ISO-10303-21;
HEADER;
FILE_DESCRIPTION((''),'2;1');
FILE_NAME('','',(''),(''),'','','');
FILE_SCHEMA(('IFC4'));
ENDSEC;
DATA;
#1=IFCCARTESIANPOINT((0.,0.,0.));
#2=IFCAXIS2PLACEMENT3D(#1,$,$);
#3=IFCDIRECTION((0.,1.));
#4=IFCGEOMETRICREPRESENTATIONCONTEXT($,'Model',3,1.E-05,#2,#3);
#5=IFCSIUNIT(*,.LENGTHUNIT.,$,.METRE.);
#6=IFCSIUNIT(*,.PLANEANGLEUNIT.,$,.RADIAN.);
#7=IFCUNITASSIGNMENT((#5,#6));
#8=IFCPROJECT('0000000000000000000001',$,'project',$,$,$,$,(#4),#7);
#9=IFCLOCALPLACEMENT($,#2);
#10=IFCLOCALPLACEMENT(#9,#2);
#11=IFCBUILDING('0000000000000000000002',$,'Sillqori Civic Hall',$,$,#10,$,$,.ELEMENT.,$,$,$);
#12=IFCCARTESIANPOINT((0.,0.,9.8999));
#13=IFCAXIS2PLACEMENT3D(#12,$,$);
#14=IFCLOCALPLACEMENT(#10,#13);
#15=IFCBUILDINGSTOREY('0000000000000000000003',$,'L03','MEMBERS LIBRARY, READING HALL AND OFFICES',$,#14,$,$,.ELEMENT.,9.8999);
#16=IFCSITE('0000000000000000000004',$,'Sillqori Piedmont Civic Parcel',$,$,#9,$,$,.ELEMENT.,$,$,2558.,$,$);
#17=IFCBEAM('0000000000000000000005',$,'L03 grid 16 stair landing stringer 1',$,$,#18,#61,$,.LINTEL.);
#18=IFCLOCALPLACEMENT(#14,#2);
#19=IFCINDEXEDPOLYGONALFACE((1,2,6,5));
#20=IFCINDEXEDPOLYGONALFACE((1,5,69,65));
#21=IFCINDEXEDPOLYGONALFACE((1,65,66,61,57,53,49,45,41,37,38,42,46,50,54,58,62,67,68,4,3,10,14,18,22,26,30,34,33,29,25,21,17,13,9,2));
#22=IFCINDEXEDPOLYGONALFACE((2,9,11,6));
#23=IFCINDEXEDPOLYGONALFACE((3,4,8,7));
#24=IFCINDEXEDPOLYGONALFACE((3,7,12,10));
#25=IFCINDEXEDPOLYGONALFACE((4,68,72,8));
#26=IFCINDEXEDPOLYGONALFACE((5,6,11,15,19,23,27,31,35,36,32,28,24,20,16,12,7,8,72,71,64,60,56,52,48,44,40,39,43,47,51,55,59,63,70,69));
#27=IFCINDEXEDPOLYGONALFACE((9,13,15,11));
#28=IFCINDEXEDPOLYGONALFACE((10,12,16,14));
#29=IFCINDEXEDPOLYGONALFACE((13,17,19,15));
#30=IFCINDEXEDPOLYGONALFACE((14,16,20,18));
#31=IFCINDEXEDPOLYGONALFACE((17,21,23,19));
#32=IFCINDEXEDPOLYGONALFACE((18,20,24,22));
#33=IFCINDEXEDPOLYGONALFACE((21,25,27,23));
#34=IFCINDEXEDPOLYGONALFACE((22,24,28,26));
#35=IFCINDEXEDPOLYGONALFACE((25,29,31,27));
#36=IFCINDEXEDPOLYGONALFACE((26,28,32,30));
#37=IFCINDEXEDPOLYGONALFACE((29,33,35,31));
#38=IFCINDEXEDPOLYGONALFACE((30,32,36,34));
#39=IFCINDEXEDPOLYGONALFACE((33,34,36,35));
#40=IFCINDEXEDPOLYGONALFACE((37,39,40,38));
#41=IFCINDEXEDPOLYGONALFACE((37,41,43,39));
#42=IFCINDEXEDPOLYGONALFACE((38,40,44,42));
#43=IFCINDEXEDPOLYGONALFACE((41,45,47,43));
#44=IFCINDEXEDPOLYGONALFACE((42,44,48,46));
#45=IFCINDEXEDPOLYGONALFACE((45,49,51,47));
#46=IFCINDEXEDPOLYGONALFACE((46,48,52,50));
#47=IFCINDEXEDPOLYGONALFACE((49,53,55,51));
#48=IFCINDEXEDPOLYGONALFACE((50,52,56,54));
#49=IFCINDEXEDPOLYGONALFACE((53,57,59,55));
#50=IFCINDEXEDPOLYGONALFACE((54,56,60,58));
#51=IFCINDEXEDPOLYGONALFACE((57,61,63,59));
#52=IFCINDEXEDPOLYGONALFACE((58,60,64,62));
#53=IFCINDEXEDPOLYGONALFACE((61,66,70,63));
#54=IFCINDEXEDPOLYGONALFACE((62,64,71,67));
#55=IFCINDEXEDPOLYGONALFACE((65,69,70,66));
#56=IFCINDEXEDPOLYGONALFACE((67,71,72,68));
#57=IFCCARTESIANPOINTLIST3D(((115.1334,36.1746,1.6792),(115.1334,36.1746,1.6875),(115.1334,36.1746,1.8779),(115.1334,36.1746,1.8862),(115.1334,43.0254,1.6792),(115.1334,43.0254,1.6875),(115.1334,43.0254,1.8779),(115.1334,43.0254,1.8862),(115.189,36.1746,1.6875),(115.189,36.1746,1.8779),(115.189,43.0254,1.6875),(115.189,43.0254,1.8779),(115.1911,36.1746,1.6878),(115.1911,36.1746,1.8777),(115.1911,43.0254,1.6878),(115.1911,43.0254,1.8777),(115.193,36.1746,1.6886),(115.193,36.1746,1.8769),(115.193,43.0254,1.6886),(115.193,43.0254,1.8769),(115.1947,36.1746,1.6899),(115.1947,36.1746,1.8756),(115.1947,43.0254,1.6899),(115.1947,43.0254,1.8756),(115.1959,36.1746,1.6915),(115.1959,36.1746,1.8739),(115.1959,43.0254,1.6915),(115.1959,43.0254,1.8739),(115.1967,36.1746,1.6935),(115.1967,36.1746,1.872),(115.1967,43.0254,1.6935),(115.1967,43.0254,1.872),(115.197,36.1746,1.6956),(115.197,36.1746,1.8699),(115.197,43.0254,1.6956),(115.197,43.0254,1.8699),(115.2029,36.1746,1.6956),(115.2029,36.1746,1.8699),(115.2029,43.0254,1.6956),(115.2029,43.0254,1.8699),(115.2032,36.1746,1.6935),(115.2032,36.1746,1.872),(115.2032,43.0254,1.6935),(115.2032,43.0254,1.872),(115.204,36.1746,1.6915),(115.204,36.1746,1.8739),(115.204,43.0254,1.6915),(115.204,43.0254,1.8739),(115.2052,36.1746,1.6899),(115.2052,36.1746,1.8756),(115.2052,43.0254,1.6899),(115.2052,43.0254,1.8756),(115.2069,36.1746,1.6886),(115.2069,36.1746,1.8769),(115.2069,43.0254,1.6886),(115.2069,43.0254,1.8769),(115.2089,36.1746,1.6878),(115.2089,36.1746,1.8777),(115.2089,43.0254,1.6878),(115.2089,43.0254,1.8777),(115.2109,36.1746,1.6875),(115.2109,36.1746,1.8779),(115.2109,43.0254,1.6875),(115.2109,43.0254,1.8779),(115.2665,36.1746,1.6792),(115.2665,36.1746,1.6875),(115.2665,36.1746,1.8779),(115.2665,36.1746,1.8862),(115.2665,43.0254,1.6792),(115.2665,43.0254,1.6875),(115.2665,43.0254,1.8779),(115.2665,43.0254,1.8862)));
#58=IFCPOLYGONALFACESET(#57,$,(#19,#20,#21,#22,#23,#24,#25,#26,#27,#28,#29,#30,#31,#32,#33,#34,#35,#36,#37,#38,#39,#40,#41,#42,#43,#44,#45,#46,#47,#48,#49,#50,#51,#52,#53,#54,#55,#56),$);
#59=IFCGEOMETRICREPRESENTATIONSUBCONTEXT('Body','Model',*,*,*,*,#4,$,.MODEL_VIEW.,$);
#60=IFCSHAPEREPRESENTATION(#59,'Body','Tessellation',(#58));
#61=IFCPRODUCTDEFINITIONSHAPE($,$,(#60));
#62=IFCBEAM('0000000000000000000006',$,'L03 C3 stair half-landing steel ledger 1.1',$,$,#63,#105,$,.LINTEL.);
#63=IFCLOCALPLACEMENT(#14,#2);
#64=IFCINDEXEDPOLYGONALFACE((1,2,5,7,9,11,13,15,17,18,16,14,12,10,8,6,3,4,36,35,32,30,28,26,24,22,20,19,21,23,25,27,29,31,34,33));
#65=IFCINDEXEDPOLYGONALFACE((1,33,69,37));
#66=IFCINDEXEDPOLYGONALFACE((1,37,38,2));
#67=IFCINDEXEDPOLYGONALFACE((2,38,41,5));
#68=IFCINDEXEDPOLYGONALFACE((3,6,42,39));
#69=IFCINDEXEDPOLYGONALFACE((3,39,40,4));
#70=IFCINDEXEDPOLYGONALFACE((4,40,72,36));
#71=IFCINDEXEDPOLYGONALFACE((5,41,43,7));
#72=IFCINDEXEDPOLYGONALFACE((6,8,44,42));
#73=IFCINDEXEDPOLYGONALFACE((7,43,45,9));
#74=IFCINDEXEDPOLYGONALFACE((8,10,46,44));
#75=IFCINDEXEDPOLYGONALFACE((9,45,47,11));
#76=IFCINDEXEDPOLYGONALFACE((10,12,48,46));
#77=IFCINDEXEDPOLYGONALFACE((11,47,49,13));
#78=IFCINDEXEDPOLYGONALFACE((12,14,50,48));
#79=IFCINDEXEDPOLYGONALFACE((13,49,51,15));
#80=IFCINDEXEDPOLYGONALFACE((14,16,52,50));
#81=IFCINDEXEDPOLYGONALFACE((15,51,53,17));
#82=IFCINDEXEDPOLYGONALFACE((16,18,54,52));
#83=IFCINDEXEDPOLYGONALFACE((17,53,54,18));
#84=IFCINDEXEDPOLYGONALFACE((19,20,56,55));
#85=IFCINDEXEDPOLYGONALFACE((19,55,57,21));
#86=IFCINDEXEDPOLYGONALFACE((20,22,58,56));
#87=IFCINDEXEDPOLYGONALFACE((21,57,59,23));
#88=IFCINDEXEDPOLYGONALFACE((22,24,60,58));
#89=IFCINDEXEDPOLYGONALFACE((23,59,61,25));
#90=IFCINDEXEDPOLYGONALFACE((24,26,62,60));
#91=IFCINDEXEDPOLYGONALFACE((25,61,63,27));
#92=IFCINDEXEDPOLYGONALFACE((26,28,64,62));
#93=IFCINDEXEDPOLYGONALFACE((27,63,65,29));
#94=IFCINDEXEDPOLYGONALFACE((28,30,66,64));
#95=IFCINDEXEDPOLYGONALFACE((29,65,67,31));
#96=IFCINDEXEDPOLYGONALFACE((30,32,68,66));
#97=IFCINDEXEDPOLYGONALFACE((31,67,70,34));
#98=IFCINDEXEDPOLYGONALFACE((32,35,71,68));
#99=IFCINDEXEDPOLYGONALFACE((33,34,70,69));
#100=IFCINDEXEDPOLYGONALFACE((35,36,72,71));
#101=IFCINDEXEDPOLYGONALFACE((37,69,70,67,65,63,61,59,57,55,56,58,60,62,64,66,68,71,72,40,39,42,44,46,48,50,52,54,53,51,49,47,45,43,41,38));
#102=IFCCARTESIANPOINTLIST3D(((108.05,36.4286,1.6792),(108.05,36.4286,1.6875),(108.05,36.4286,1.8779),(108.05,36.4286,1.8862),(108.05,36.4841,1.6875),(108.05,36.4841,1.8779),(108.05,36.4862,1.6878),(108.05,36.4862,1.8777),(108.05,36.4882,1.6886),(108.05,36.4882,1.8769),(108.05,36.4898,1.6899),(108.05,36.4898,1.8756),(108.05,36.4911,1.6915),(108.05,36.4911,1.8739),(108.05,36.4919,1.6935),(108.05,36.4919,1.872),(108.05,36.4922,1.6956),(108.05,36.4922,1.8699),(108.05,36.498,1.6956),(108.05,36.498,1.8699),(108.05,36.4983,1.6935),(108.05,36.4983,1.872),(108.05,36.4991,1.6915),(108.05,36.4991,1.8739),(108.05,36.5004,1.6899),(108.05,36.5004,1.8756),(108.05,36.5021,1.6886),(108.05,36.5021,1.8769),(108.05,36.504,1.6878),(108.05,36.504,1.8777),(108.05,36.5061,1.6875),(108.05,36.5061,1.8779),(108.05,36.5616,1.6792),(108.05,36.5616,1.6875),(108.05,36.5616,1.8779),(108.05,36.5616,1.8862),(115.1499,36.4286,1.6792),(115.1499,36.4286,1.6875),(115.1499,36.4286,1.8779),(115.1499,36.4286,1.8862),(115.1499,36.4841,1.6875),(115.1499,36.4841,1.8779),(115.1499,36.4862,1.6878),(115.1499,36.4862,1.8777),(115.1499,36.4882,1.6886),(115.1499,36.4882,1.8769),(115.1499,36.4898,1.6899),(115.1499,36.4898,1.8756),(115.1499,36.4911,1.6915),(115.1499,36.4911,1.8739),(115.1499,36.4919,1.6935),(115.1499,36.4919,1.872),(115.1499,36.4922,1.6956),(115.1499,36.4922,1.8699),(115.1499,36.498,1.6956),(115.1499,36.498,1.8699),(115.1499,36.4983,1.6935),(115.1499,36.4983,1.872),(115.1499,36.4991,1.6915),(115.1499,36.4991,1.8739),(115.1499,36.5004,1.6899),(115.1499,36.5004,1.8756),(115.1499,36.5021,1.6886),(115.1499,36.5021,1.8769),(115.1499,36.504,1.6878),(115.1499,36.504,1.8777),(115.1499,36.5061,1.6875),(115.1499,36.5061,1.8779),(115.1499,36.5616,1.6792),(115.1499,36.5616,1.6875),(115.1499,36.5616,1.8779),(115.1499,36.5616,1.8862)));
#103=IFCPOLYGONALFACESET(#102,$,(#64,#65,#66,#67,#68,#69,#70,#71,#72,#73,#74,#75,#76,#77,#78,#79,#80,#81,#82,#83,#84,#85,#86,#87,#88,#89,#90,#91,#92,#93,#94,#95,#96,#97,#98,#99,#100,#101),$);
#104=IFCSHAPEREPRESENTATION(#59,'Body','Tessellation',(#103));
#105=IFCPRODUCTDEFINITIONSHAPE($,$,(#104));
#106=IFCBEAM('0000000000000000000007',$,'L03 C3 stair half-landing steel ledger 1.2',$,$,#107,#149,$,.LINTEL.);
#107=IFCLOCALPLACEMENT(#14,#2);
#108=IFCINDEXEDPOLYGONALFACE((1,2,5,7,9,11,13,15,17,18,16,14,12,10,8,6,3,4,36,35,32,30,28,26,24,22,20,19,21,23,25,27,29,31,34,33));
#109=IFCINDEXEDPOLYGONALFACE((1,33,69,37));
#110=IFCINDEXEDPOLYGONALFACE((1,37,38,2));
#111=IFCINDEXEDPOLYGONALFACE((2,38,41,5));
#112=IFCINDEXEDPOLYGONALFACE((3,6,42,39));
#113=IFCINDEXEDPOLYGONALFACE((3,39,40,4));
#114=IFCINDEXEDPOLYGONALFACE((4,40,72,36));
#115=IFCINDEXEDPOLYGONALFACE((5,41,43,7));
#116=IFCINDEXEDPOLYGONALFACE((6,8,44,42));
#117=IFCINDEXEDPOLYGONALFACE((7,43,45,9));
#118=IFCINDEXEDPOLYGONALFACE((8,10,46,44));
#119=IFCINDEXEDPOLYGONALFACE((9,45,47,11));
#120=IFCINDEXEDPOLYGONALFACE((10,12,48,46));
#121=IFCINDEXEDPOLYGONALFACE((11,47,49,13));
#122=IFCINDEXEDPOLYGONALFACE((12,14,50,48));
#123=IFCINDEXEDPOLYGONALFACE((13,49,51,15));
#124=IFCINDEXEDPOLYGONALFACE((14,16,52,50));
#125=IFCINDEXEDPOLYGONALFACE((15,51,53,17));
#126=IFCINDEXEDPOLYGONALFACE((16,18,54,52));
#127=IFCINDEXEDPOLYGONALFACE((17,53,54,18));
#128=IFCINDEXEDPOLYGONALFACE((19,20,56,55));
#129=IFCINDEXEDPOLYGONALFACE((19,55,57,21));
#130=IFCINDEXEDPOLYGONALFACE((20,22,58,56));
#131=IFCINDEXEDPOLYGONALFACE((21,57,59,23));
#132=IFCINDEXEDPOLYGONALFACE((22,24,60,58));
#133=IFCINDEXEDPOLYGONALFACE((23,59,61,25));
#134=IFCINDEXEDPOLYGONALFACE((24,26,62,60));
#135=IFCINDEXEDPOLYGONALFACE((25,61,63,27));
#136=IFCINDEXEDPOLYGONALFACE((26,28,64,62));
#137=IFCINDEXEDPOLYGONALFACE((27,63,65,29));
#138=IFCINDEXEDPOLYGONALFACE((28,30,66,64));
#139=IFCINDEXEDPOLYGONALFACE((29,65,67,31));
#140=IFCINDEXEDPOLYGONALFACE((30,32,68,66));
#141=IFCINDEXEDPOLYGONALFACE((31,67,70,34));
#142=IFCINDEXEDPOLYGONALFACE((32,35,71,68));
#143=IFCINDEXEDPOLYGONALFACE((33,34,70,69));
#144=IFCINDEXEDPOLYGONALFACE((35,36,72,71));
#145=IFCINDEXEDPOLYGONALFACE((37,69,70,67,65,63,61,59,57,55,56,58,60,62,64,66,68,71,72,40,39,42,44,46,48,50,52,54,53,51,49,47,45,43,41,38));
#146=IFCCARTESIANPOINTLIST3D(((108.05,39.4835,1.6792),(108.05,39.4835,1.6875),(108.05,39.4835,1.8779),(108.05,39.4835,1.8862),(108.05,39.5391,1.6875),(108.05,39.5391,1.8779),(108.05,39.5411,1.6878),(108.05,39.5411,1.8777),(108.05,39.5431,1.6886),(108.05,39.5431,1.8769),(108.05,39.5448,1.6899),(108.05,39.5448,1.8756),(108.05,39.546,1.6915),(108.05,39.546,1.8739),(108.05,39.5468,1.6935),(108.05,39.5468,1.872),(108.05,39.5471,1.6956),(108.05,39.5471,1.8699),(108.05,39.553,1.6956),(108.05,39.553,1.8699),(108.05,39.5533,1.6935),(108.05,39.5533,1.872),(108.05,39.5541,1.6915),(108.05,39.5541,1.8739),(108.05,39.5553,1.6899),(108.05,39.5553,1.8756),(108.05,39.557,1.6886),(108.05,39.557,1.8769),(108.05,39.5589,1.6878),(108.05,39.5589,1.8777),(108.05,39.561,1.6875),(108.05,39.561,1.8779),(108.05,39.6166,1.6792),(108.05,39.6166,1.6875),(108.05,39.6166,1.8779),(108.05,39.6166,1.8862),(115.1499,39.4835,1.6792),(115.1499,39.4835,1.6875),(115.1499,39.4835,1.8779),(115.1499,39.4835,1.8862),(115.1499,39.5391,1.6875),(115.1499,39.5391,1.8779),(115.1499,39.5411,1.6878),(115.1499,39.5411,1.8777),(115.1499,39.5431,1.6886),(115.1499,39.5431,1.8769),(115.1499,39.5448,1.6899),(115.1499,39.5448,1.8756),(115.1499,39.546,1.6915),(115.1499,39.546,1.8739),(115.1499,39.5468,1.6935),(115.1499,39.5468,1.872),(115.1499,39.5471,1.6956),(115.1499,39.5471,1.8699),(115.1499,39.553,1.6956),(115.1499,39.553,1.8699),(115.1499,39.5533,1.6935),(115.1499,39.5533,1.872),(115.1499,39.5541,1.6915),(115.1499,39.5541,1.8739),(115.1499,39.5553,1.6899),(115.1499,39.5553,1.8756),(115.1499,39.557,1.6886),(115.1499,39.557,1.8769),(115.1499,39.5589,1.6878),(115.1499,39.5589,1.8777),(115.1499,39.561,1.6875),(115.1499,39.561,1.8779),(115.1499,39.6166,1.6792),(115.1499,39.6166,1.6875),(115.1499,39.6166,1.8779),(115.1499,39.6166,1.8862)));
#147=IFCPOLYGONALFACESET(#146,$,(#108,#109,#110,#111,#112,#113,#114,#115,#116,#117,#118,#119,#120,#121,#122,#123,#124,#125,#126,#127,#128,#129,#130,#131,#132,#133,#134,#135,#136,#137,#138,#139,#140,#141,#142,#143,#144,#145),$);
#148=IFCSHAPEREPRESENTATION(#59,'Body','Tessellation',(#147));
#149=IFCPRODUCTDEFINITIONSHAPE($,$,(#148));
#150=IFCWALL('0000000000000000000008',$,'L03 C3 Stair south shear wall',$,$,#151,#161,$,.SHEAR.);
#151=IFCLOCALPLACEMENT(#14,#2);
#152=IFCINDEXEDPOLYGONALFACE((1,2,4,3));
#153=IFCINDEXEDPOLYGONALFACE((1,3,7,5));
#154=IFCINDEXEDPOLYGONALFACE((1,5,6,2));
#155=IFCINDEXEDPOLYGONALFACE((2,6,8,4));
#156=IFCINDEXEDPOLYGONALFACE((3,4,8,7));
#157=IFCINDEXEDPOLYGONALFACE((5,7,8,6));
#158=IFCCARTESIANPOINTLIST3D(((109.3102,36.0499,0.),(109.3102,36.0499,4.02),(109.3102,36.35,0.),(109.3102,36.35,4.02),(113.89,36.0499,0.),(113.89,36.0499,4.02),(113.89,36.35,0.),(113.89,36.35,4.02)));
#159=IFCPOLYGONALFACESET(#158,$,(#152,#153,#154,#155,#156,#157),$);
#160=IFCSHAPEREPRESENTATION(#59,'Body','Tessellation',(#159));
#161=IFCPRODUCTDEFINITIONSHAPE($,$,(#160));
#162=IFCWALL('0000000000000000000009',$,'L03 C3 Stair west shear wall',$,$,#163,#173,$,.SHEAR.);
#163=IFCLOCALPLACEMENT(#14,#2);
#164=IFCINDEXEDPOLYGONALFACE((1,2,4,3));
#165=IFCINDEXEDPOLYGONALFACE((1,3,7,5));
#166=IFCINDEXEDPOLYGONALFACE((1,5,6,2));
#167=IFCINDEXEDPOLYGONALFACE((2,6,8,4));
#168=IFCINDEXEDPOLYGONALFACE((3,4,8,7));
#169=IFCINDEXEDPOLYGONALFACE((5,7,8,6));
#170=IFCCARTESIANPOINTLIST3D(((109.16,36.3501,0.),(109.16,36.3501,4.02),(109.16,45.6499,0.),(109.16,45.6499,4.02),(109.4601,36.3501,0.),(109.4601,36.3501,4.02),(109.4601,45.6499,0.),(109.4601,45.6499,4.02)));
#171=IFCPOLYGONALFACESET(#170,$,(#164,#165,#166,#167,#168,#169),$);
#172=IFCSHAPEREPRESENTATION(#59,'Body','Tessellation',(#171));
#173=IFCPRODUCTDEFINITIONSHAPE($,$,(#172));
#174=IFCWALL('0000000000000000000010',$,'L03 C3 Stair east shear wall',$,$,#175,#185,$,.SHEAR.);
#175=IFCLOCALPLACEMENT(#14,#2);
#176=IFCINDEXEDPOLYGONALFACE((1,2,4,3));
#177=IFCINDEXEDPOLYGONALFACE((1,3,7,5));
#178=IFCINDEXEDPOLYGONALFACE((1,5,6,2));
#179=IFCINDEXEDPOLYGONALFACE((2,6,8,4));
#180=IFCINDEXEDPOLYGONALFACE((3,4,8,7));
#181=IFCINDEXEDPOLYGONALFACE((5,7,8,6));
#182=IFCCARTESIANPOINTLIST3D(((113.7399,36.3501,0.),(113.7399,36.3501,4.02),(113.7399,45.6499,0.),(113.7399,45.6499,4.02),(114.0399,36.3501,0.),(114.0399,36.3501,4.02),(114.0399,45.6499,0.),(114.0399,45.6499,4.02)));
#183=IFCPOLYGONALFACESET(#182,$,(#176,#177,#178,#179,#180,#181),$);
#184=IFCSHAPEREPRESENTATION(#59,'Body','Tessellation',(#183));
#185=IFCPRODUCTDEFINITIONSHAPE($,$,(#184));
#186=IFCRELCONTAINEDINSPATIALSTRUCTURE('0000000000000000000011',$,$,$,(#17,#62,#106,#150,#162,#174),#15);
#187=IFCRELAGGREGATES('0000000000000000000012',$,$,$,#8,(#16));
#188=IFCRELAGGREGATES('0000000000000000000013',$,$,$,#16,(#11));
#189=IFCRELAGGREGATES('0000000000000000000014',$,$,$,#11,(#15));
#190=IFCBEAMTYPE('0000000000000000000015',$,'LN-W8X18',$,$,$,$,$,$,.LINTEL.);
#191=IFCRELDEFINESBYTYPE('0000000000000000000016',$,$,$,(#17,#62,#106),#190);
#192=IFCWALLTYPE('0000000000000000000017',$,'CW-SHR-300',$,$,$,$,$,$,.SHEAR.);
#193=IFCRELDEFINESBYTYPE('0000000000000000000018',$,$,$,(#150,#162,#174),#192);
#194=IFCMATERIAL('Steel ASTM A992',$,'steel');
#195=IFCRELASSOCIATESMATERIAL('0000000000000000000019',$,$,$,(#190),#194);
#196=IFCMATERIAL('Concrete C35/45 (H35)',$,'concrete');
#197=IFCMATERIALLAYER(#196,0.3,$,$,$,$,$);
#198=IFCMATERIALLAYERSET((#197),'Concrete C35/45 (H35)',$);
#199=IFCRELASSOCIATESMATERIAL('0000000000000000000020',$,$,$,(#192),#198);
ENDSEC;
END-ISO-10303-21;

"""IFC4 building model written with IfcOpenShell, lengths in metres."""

from ifc_helpers import new_model, si_unit, direction, frame, frame_2d, origin, origin_2d, place, context, subcontext, project, spatial, rectangle, i_section, extrude, material, layer, layer_set, material_profile, profile_set, type_object, element, save


model = new_model("IFC4")

# Units and contexts
model_context = context("Model", 3, precision=1e-05, world=origin(), true_north=direction((0.0, 1.0)))
body_context = subcontext(model_context, "Body", "Model", "MODEL_VIEW")
ifc_project = project(units=[si_unit("LENGTHUNIT", "METRE"), si_unit("PLANEANGLEUNIT", "RADIAN")], contexts=[model_context])

# Site, building, storey
site_placement = place(None, origin())
site = spatial("IfcSite", under=ifc_project, at=site_placement, Name="Sillqori Piedmont Civic Parcel", CompositionType="ELEMENT", RefElevation=2558.0)
building_placement = place(site_placement, origin())
building = spatial("IfcBuilding", under=site, at=building_placement, Name="Sillqori Civic Hall", CompositionType="ELEMENT")
storey_placement = place(building_placement, frame((0.0, 0.0, 9.8999)))
storey = spatial("IfcBuildingStorey", under=building, at=storey_placement, Name="L03", Description="MEMBERS LIBRARY, READING HALL AND OFFICES", CompositionType="ELEMENT", Elevation=9.8999)

# Shared definitions
ifc_material_1 = material(Name="Steel ASTM A992", Category="steel")

# Beams
ifc_material_profile_1 = material_profile(ifc_material_1, i_section(OverallWidth=0.1331, OverallDepth=0.207, WebThickness=0.0059, FlangeThickness=0.0083, FilletRadius=0.0081, at=origin_2d()), Name="W8X18")
ifc_profile_set_1 = profile_set([ifc_material_profile_1], Name="Steel ASTM A992")
beam_type_1 = type_object("IfcBeamType", Name="LN-W8X18", PredefinedType="LINTEL", material=ifc_profile_set_1)
for number, where, z_axis, x_axis, name in (
    (1, (115.2, 36.1746, 1.7827), (0.0, 1.0, 0.0), (-1.0, 0.0, 0.0), "L03 grid 16 stair landing stringer 1"),
):
    element("IfcBeam", number, at=place(storey_placement, frame(where, z_axis=z_axis, x_axis=x_axis)), inside=storey, type_object=beam_type_1, Name=name, PredefinedType="LINTEL", context=body_context, shape_type="SweptSolid", body=[
        extrude(i_section(OverallWidth=0.1331, OverallDepth=0.207, WebThickness=0.0059, FlangeThickness=0.0083, FilletRadius=0.0081, at=origin_2d()), origin(), (0.0, 0.0, 1.0), 6.8508),
    ])
for number, where, z_axis, x_axis, name in (
    (2, (108.05, 36.4951, 1.7827), (1.0, 0.0, 0.0), (0.0, 1.0, 0.0), "L03 C3 stair half-landing steel ledger 1.1"),
    (3, (108.05, 39.55, 1.7827), (1.0, 0.0, 0.0), (0.0, 1.0, 0.0), "L03 C3 stair half-landing steel ledger 1.2"),
):
    element("IfcBeam", number, at=place(storey_placement, frame(where, z_axis=z_axis, x_axis=x_axis)), inside=storey, type_object=beam_type_1, Name=name, PredefinedType="LINTEL", context=body_context, shape_type="SweptSolid", body=[
        extrude(i_section(OverallWidth=0.1331, OverallDepth=0.207, WebThickness=0.0059, FlangeThickness=0.0083, FilletRadius=0.0081, at=origin_2d()), origin(), (0.0, 0.0, 1.0), 7.0999),
    ])

# Walls
ifc_material_2 = material(Name="Concrete C35/45 (H35)", Category="concrete")
ifc_layer_1 = layer(ifc_material_2, 0.3)
ifc_layer_set_1 = layer_set([ifc_layer_1], Name="Concrete C35/45 (H35)")
wall_type_1 = type_object("IfcWallType", Name="CW-SHR-300", PredefinedType="SHEAR", material=ifc_layer_set_1)
wall_1_placement = place(storey_placement, frame((109.3101, 36.2, 0.0), z_axis=(0.0, 0.0, 1.0), x_axis=(1.0, 0.0, 0.0)))
element("IfcWall", 4, at=wall_1_placement, inside=storey, type_object=wall_type_1, Name="L03 C3 Stair south shear wall", PredefinedType="SHEAR", context=body_context, shape_type="SweptSolid", body=[
    extrude(rectangle(XDim=4.5798, YDim=0.3, at=frame_2d((2.29, 0.0))), origin(), (0.0, 0.0, 1.0), 4.02),
])
for number, where, z_axis, x_axis, name in (
    (5, (109.3101, 36.3501, 0.0), (0.0, 0.0, 1.0), (0.0, 1.0, 0.0), "L03 C3 Stair west shear wall"),
    (6, (113.8899, 36.3501, 0.0), (0.0, 0.0, 1.0), (0.0, 1.0, 0.0), "L03 C3 Stair east shear wall"),
):
    element("IfcWall", number, at=place(storey_placement, frame(where, z_axis=z_axis, x_axis=x_axis)), inside=storey, type_object=wall_type_1, Name=name, PredefinedType="SHEAR", context=body_context, shape_type="SweptSolid", body=[
        extrude(rectangle(XDim=9.2998, YDim=0.3, at=frame_2d((4.6499, 0.0))), origin(), (0.0, 0.0, 1.0), 4.02),
    ])

save(model, "model.ifc")
